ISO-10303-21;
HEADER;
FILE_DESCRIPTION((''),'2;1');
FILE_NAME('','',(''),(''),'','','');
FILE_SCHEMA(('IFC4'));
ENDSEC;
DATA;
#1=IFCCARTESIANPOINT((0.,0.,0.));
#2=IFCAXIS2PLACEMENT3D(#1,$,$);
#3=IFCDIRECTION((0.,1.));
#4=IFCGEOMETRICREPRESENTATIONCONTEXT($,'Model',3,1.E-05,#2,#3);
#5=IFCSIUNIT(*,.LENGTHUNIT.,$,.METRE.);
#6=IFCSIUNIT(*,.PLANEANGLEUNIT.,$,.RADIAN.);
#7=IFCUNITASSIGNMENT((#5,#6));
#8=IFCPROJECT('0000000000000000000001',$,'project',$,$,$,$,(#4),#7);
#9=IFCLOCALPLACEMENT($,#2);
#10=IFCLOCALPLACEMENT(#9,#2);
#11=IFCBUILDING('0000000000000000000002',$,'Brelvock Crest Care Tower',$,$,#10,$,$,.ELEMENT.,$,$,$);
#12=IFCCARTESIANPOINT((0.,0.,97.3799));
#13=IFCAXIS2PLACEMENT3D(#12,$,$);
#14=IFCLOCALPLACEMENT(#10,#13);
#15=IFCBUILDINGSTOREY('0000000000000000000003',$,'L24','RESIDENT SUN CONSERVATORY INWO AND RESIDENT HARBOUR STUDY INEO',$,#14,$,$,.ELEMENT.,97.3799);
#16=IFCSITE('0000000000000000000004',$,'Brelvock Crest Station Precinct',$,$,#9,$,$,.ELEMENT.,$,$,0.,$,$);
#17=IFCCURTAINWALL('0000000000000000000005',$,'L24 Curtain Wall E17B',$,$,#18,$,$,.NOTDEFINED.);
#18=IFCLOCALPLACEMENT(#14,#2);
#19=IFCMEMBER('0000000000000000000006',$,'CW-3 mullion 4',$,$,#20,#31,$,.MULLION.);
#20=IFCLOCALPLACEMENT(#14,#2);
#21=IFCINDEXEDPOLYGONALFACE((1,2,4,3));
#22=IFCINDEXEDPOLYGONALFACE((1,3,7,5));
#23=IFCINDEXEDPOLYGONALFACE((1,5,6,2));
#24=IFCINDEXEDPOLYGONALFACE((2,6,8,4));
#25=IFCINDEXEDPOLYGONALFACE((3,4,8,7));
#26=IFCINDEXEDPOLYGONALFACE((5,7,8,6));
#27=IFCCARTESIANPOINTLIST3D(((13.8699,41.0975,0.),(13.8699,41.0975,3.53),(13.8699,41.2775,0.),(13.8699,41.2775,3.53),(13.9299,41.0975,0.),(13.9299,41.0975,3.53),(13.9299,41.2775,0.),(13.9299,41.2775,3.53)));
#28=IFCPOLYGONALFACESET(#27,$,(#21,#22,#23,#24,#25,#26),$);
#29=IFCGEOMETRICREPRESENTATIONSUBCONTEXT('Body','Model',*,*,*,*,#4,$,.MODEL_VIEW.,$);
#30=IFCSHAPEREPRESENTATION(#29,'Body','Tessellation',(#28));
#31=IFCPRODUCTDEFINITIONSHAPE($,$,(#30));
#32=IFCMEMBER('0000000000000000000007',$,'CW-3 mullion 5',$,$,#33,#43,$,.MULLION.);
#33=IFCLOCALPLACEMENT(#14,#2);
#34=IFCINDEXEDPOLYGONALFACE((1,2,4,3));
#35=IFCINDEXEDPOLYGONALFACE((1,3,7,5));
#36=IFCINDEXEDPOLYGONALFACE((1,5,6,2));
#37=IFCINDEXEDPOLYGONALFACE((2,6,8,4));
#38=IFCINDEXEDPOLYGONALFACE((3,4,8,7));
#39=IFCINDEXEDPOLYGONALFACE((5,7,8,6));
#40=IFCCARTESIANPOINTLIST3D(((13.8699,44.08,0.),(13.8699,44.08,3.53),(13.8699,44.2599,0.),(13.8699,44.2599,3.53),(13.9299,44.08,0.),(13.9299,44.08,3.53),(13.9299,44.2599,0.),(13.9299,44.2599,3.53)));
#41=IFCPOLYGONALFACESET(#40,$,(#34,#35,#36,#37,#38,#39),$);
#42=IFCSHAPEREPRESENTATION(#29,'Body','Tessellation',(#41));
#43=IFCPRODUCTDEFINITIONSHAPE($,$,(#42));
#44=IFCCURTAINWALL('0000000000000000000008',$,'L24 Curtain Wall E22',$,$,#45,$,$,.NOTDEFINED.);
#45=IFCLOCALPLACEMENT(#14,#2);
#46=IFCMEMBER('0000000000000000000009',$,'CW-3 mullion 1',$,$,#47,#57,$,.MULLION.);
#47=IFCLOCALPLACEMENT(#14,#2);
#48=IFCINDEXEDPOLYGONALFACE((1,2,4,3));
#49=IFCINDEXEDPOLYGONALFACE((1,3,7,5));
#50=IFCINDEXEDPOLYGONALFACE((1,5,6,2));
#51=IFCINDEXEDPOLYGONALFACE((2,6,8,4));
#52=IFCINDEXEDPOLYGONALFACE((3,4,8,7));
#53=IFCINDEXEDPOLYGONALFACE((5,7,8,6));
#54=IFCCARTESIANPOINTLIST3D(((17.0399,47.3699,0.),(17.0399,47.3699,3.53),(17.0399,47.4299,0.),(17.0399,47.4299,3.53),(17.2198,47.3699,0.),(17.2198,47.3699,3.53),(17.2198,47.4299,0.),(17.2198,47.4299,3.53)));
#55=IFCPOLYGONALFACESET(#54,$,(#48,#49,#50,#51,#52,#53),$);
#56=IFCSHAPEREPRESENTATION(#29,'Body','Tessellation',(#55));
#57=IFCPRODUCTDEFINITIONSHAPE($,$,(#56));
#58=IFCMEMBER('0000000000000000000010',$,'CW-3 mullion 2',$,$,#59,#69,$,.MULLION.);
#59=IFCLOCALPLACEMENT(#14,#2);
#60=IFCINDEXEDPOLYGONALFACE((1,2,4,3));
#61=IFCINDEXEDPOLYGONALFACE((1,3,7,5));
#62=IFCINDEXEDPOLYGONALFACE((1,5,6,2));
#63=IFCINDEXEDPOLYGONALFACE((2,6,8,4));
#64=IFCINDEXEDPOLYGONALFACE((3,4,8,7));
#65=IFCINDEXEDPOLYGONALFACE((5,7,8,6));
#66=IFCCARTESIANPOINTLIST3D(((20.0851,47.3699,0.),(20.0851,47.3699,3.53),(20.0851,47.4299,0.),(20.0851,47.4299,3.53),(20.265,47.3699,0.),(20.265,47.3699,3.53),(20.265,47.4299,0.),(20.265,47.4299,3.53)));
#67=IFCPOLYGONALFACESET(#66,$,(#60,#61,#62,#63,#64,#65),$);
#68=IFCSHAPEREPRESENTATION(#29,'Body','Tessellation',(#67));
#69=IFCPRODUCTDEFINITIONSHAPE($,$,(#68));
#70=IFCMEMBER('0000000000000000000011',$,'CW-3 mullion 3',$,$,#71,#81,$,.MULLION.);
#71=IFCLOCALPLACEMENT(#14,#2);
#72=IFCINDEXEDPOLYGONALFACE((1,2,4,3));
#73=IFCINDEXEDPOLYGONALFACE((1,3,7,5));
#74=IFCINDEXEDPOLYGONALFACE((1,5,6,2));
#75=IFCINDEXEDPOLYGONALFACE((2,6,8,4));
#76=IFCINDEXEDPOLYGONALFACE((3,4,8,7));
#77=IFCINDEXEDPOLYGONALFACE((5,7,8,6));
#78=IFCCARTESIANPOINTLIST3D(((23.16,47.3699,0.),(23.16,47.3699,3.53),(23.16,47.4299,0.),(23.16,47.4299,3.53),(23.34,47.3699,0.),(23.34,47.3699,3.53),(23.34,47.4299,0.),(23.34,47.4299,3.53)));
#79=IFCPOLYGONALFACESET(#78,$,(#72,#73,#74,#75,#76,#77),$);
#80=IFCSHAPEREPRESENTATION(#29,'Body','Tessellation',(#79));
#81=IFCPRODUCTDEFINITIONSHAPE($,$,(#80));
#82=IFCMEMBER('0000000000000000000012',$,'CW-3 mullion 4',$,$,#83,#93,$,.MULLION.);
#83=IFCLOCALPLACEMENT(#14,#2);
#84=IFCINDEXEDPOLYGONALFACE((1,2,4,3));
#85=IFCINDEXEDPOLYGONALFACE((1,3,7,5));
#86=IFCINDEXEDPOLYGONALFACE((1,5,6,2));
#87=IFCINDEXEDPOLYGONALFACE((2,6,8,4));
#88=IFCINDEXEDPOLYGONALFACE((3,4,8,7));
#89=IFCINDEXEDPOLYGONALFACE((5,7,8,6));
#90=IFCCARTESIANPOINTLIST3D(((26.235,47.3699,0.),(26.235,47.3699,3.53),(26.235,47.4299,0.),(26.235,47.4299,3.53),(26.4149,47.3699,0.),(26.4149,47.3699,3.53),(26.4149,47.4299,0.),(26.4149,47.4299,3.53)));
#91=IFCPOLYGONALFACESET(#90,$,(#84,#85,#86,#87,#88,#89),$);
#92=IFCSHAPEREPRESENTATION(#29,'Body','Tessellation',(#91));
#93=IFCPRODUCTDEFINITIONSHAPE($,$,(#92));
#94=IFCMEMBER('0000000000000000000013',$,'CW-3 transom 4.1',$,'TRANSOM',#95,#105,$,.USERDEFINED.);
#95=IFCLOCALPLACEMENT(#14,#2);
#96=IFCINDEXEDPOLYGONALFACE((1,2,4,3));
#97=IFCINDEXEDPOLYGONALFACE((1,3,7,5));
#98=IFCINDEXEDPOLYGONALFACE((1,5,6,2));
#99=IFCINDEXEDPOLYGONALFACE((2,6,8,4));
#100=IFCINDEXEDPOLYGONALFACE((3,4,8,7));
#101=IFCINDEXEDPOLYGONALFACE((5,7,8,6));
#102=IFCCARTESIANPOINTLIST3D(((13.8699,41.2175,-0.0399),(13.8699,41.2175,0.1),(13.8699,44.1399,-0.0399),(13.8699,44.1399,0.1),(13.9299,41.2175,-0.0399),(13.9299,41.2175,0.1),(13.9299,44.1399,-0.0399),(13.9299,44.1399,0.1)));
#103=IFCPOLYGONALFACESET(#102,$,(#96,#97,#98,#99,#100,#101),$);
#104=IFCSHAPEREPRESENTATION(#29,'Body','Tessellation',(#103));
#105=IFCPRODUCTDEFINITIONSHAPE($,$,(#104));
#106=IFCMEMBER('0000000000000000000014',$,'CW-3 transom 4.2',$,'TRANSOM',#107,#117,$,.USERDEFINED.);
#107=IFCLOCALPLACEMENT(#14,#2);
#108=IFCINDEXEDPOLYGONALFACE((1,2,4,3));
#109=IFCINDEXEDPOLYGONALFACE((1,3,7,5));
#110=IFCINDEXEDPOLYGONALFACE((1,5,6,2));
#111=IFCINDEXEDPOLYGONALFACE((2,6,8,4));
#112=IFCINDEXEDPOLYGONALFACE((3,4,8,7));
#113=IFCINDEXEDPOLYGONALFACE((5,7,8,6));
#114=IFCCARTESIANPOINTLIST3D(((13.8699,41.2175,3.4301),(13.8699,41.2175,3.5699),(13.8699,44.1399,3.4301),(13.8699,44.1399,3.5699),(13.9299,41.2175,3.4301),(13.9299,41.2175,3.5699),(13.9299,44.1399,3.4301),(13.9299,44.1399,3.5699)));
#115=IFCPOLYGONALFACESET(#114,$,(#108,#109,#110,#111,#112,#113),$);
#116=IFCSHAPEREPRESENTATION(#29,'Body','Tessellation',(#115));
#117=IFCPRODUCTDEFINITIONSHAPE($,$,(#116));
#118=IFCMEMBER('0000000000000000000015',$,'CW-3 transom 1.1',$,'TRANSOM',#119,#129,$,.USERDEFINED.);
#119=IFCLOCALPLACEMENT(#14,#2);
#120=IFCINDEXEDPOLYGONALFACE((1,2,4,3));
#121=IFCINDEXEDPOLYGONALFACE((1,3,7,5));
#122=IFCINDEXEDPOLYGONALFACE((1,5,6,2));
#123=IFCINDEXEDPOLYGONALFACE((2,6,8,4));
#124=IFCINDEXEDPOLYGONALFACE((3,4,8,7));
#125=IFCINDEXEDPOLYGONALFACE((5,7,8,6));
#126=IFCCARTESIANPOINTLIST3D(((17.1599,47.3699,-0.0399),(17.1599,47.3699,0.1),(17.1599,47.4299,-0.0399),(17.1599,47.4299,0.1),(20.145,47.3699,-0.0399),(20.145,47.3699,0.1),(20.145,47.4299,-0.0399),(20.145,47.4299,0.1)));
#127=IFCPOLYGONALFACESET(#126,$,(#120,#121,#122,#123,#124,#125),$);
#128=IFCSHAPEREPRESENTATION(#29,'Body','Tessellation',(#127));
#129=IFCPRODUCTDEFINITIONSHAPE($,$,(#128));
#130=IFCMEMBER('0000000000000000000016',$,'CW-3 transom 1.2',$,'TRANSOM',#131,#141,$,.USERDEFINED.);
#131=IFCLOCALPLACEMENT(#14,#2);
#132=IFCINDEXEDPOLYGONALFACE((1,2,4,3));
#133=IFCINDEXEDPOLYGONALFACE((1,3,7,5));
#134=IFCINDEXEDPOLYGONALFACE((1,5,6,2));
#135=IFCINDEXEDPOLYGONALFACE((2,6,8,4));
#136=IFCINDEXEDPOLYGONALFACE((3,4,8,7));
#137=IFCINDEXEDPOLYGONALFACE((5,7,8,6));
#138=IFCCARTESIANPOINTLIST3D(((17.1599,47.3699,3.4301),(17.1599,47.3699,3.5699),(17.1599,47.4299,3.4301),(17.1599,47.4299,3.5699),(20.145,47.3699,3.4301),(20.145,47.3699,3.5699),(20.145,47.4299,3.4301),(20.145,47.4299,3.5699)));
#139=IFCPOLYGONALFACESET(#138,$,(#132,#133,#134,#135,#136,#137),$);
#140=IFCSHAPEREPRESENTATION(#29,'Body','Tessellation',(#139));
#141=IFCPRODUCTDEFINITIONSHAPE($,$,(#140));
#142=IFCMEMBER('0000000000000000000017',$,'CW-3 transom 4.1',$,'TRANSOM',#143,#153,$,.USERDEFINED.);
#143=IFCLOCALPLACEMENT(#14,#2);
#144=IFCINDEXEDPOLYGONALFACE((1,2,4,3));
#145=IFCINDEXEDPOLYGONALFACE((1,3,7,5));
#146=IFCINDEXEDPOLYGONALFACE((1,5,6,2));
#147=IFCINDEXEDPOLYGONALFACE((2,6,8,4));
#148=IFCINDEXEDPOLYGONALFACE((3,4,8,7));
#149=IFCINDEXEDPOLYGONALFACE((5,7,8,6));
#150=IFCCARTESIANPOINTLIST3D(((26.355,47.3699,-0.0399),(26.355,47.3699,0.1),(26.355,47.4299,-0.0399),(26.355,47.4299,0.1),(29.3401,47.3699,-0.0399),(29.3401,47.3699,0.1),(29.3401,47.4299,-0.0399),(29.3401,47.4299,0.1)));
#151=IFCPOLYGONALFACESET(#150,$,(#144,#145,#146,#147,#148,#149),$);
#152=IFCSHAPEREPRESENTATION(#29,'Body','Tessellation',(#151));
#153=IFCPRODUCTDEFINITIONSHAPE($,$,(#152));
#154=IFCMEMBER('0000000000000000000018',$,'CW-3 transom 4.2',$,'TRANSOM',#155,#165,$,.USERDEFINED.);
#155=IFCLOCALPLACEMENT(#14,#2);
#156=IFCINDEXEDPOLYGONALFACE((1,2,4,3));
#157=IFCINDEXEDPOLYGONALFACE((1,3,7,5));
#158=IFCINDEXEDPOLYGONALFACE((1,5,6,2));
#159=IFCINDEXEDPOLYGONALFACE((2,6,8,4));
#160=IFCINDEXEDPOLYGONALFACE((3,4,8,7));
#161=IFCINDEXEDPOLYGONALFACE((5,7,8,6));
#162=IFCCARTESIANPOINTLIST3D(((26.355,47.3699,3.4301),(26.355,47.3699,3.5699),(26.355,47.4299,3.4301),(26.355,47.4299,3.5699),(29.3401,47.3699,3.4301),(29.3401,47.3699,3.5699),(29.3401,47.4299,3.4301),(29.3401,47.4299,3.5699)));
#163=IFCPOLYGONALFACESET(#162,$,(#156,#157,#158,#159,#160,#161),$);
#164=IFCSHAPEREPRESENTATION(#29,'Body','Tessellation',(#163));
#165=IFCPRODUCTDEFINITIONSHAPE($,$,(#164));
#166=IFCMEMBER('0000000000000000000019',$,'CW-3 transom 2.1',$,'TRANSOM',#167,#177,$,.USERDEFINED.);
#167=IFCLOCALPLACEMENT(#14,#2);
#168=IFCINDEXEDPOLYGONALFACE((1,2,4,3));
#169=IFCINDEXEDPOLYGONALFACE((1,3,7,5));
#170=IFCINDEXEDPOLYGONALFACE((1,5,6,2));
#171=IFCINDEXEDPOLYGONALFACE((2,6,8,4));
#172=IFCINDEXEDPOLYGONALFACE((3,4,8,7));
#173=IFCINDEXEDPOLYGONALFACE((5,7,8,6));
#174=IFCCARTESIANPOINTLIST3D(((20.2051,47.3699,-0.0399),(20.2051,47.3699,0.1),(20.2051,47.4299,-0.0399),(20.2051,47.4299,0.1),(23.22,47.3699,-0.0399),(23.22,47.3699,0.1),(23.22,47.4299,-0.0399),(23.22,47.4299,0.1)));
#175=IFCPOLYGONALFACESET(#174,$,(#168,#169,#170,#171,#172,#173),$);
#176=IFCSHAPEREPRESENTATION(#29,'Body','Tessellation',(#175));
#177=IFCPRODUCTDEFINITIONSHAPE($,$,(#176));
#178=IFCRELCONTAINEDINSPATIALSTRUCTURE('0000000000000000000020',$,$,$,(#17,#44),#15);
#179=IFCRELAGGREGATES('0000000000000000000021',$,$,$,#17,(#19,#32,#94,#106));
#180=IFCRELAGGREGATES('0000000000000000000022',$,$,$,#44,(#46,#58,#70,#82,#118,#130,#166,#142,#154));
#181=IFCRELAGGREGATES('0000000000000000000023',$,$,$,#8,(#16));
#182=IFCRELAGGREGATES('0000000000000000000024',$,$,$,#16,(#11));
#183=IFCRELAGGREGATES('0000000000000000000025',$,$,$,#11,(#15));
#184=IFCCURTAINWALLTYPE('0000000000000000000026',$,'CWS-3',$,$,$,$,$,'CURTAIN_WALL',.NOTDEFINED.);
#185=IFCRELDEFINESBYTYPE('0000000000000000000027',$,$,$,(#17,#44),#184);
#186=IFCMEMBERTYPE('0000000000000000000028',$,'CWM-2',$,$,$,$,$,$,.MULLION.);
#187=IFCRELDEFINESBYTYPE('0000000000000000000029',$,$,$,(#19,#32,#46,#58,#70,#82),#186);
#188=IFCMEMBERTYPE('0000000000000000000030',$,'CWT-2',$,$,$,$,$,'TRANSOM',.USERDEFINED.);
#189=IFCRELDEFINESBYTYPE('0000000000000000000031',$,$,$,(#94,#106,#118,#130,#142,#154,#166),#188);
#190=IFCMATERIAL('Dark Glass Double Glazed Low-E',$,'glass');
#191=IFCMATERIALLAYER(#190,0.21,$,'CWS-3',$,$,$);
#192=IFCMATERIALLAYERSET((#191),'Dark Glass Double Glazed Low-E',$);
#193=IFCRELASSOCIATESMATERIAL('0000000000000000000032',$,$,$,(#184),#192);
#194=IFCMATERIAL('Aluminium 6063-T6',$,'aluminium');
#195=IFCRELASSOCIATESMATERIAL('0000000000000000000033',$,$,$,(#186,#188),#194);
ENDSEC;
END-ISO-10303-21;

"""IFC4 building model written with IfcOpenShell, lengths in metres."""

from ifc_helpers import new_model, si_unit, direction, frame, origin, origin_2d, place, context, subcontext, project, spatial, rectangle, extrude, source, transform, mapped, material, layer, layer_set, material_profile, profile_set, type_object, element, aggregate, save


model = new_model("IFC4")

# Units and contexts
model_context = context("Model", 3, precision=1e-05, world=origin(), true_north=direction((0.0, 1.0)))
body_context = subcontext(model_context, "Body", "Model", "MODEL_VIEW")
ifc_project = project(units=[si_unit("LENGTHUNIT", "METRE"), si_unit("PLANEANGLEUNIT", "RADIAN")], contexts=[model_context])

# Site, building, storey
site_placement = place(None, origin())
site = spatial("IfcSite", under=ifc_project, at=site_placement, Name="Brelvock Crest Station Precinct", CompositionType="ELEMENT", RefElevation=0.0)
building_placement = place(site_placement, origin())
building = spatial("IfcBuilding", under=site, at=building_placement, Name="Brelvock Crest Care Tower", CompositionType="ELEMENT")
storey_placement = place(building_placement, frame((0.0, 0.0, 97.3799)))
storey = spatial("IfcBuildingStorey", under=building, at=storey_placement, Name="L24", Description="RESIDENT SUN CONSERVATORY INWO AND RESIDENT HARBOUR STUDY INEO", CompositionType="ELEMENT", Elevation=97.3799)

# Curtain walls, members
ifc_material_1 = material(Name="Dark Glass Double Glazed Low-E", Category="glass")
ifc_layer_1 = layer(ifc_material_1, 0.21, Name="CWS-3")
ifc_layer_set_1 = layer_set([ifc_layer_1], Name="Dark Glass Double Glazed Low-E")
curtain_wall_type = type_object("IfcCurtainWallType", Name="CWS-3", ElementType="CURTAIN_WALL", PredefinedType="NOTDEFINED", material=ifc_layer_set_1)
curtain_wall_1_placement = place(storey_placement, origin())
curtain_wall_1 = element("IfcCurtainWall", 1, at=curtain_wall_1_placement, inside=storey, type_object=curtain_wall_type, Name="L24 Curtain Wall E17B", PredefinedType="NOTDEFINED")
ifc_material_2 = material(Name="Aluminium 6063-T6", Category="aluminium")
ifc_material_profile_1 = material_profile(ifc_material_2, rectangle(XDim=0.0601, YDim=0.1799, at=origin_2d()), Name="ALU60x180")
ifc_profile_set_1 = profile_set([ifc_material_profile_1], Name="Aluminium 6063-T6")
member_type_1 = type_object("IfcMemberType", Name="CWM-2", PredefinedType="MULLION", material=ifc_profile_set_1)
shared_shape_1 = source(origin(), body_context, "Body", "SweptSolid", [
    extrude(rectangle(XDim=0.0601, YDim=0.1799, at=origin_2d()), origin(), (0.0, 0.0, 1.0), 3.53),
])
member_1_placement = place(storey_placement, frame((13.8999, 41.1875, 0.0), z_axis=(0.0, 0.0, 1.0), x_axis=(-1.0, 0.0, 0.0)))
member_1 = element("IfcMember", 2, at=member_1_placement, type_object=member_type_1, Name="CW-3 mullion 4", PredefinedType="MULLION", context=body_context, shape_type="MappedRepresentation", body=[
    mapped(shared_shape_1, transform((0.0, 0.0, 0.0), x_axis=(1.0, 0.0, 0.0), y_axis=(0.0, 1.0, 0.0), z_axis=(0.0, 0.0, 1.0), scale=1.0)),
])
member_2_placement = place(storey_placement, frame((13.8999, 44.1699, 0.0), z_axis=(0.0, 0.0, 1.0), x_axis=(-1.0, 0.0, 0.0)))
member_2 = element("IfcMember", 3, at=member_2_placement, type_object=member_type_1, Name="CW-3 mullion 5", PredefinedType="MULLION", context=body_context, shape_type="MappedRepresentation", body=[
    mapped(shared_shape_1, transform((0.0, 0.0, 0.0), x_axis=(1.0, 0.0, 0.0), y_axis=(0.0, 1.0, 0.0), z_axis=(0.0, 0.0, 1.0), scale=1.0)),
])
curtain_wall_2_placement = place(storey_placement, origin())
curtain_wall_2 = element("IfcCurtainWall", 4, at=curtain_wall_2_placement, inside=storey, type_object=curtain_wall_type, Name="L24 Curtain Wall E22", PredefinedType="NOTDEFINED")
member_3_placement = place(storey_placement, frame((17.1299, 47.3999, 0.0), z_axis=(0.0, 0.0, 1.0), x_axis=(0.0, 1.0, 0.0)))
member_3 = element("IfcMember", 5, at=member_3_placement, type_object=member_type_1, Name="CW-3 mullion 1", PredefinedType="MULLION", context=body_context, shape_type="MappedRepresentation", body=[
    mapped(shared_shape_1, transform((0.0, 0.0, 0.0), x_axis=(1.0, 0.0, 0.0), y_axis=(0.0, 1.0, 0.0), z_axis=(0.0, 0.0, 1.0), scale=1.0)),
])
member_4_placement = place(storey_placement, frame((20.175, 47.3999, 0.0), z_axis=(0.0, 0.0, 1.0), x_axis=(0.0, 1.0, 0.0)))
member_4 = element("IfcMember", 6, at=member_4_placement, type_object=member_type_1, Name="CW-3 mullion 2", PredefinedType="MULLION", context=body_context, shape_type="MappedRepresentation", body=[
    mapped(shared_shape_1, transform((0.0, 0.0, 0.0), x_axis=(1.0, 0.0, 0.0), y_axis=(0.0, 1.0, 0.0), z_axis=(0.0, 0.0, 1.0), scale=1.0)),
])
member_5_placement = place(storey_placement, frame((23.25, 47.3999, 0.0), z_axis=(0.0, 0.0, 1.0), x_axis=(0.0, 1.0, 0.0)))
member_5 = element("IfcMember", 7, at=member_5_placement, type_object=member_type_1, Name="CW-3 mullion 3", PredefinedType="MULLION", context=body_context, shape_type="MappedRepresentation", body=[
    mapped(shared_shape_1, transform((0.0, 0.0, 0.0), x_axis=(1.0, 0.0, 0.0), y_axis=(0.0, 1.0, 0.0), z_axis=(0.0, 0.0, 1.0), scale=1.0)),
])
member_6_placement = place(storey_placement, frame((26.325, 47.3999, 0.0), z_axis=(0.0, 0.0, 1.0), x_axis=(0.0, 1.0, 0.0)))
member_6 = element("IfcMember", 8, at=member_6_placement, type_object=member_type_1, Name="CW-3 mullion 4", PredefinedType="MULLION", context=body_context, shape_type="MappedRepresentation", body=[
    mapped(shared_shape_1, transform((0.0, 0.0, 0.0), x_axis=(1.0, 0.0, 0.0), y_axis=(0.0, 1.0, 0.0), z_axis=(0.0, 0.0, 1.0), scale=1.0)),
])

# Members
ifc_material_profile_2 = material_profile(ifc_material_2, rectangle(XDim=0.0601, YDim=0.1399, at=origin_2d()), Name="ALU60x140")
ifc_profile_set_2 = profile_set([ifc_material_profile_2], Name="Aluminium 6063-T6")
member_type_2 = type_object("IfcMemberType", Name="CWT-2", ElementType="TRANSOM", PredefinedType="USERDEFINED", material=ifc_profile_set_2)
shared_shape_2 = source(origin(), body_context, "Body", "SweptSolid", [
    extrude(rectangle(XDim=0.0601, YDim=0.1399, at=origin_2d()), origin(), (0.0, 0.0, 1.0), 2.9224),
])
member_7_placement = place(storey_placement, frame((13.8999, 41.2175, 0.03), z_axis=(0.0, 1.0, 0.0), x_axis=(-1.0, 0.0, 0.0)))
member_7 = element("IfcMember", 9, at=member_7_placement, type_object=member_type_2, Name="CW-3 transom 4.1", ObjectType="TRANSOM", PredefinedType="USERDEFINED", context=body_context, shape_type="MappedRepresentation", body=[
    mapped(shared_shape_2, transform((0.0, 0.0, 0.0), x_axis=(1.0, 0.0, 0.0), y_axis=(0.0, 1.0, 0.0), z_axis=(0.0, 0.0, 1.0), scale=1.0)),
])
member_8_placement = place(storey_placement, frame((13.8999, 41.2175, 3.5), z_axis=(0.0, 1.0, 0.0), x_axis=(-1.0, 0.0, 0.0)))
member_8 = element("IfcMember", 10, at=member_8_placement, type_object=member_type_2, Name="CW-3 transom 4.2", ObjectType="TRANSOM", PredefinedType="USERDEFINED", context=body_context, shape_type="MappedRepresentation", body=[
    mapped(shared_shape_2, transform((0.0, 0.0, 0.0), x_axis=(1.0, 0.0, 0.0), y_axis=(0.0, 1.0, 0.0), z_axis=(0.0, 0.0, 1.0), scale=1.0)),
])
shared_shape_3 = source(origin(), body_context, "Body", "SweptSolid", [
    extrude(rectangle(XDim=0.0601, YDim=0.1399, at=origin_2d()), origin(), (0.0, 0.0, 1.0), 2.9851),
])
member_9_placement = place(storey_placement, frame((17.1599, 47.3999, 0.03), z_axis=(1.0, 0.0, 0.0), x_axis=(0.0, 1.0, 0.0)))
member_9 = element("IfcMember", 11, at=member_9_placement, type_object=member_type_2, Name="CW-3 transom 1.1", ObjectType="TRANSOM", PredefinedType="USERDEFINED", context=body_context, shape_type="MappedRepresentation", body=[
    mapped(shared_shape_3, transform((0.0, 0.0, 0.0), x_axis=(1.0, 0.0, 0.0), y_axis=(0.0, 1.0, 0.0), z_axis=(0.0, 0.0, 1.0), scale=1.0)),
])
member_10_placement = place(storey_placement, frame((17.1599, 47.3999, 3.5), z_axis=(1.0, 0.0, 0.0), x_axis=(0.0, 1.0, 0.0)))
member_10 = element("IfcMember", 12, at=member_10_placement, type_object=member_type_2, Name="CW-3 transom 1.2", ObjectType="TRANSOM", PredefinedType="USERDEFINED", context=body_context, shape_type="MappedRepresentation", body=[
    mapped(shared_shape_3, transform((0.0, 0.0, 0.0), x_axis=(1.0, 0.0, 0.0), y_axis=(0.0, 1.0, 0.0), z_axis=(0.0, 0.0, 1.0), scale=1.0)),
])
member_11_placement = place(storey_placement, frame((26.355, 47.3999, 0.03), z_axis=(1.0, 0.0, 0.0), x_axis=(0.0, 1.0, 0.0)))
member_11 = element("IfcMember", 13, at=member_11_placement, type_object=member_type_2, Name="CW-3 transom 4.1", ObjectType="TRANSOM", PredefinedType="USERDEFINED", context=body_context, shape_type="MappedRepresentation", body=[
    mapped(shared_shape_3, transform((0.0, 0.0, 0.0), x_axis=(1.0, 0.0, 0.0), y_axis=(0.0, 1.0, 0.0), z_axis=(0.0, 0.0, 1.0), scale=1.0)),
])
member_12_placement = place(storey_placement, frame((26.355, 47.3999, 3.5), z_axis=(1.0, 0.0, 0.0), x_axis=(0.0, 1.0, 0.0)))
member_12 = element("IfcMember", 14, at=member_12_placement, type_object=member_type_2, Name="CW-3 transom 4.2", ObjectType="TRANSOM", PredefinedType="USERDEFINED", context=body_context, shape_type="MappedRepresentation", body=[
    mapped(shared_shape_3, transform((0.0, 0.0, 0.0), x_axis=(1.0, 0.0, 0.0), y_axis=(0.0, 1.0, 0.0), z_axis=(0.0, 0.0, 1.0), scale=1.0)),
])
shared_shape_4 = source(origin(), body_context, "Body", "SweptSolid", [
    extrude(rectangle(XDim=0.0601, YDim=0.1399, at=origin_2d()), origin(), (0.0, 0.0, 1.0), 3.0149),
])
member_13_placement = place(storey_placement, frame((20.2051, 47.3999, 0.03), z_axis=(1.0, 0.0, 0.0), x_axis=(0.0, 1.0, 0.0)))
member_13 = element("IfcMember", 15, at=member_13_placement, type_object=member_type_2, Name="CW-3 transom 2.1", ObjectType="TRANSOM", PredefinedType="USERDEFINED", context=body_context, shape_type="MappedRepresentation", body=[
    mapped(shared_shape_4, transform((0.0, 0.0, 0.0), x_axis=(1.0, 0.0, 0.0), y_axis=(0.0, 1.0, 0.0), z_axis=(0.0, 0.0, 1.0), scale=1.0)),
])

aggregate(curtain_wall_1, [member_1, member_2, member_7, member_8])
aggregate(curtain_wall_2, [member_3, member_4, member_5, member_6, member_9, member_10, member_13, member_11, member_12])

save(model, "model.ifc")
